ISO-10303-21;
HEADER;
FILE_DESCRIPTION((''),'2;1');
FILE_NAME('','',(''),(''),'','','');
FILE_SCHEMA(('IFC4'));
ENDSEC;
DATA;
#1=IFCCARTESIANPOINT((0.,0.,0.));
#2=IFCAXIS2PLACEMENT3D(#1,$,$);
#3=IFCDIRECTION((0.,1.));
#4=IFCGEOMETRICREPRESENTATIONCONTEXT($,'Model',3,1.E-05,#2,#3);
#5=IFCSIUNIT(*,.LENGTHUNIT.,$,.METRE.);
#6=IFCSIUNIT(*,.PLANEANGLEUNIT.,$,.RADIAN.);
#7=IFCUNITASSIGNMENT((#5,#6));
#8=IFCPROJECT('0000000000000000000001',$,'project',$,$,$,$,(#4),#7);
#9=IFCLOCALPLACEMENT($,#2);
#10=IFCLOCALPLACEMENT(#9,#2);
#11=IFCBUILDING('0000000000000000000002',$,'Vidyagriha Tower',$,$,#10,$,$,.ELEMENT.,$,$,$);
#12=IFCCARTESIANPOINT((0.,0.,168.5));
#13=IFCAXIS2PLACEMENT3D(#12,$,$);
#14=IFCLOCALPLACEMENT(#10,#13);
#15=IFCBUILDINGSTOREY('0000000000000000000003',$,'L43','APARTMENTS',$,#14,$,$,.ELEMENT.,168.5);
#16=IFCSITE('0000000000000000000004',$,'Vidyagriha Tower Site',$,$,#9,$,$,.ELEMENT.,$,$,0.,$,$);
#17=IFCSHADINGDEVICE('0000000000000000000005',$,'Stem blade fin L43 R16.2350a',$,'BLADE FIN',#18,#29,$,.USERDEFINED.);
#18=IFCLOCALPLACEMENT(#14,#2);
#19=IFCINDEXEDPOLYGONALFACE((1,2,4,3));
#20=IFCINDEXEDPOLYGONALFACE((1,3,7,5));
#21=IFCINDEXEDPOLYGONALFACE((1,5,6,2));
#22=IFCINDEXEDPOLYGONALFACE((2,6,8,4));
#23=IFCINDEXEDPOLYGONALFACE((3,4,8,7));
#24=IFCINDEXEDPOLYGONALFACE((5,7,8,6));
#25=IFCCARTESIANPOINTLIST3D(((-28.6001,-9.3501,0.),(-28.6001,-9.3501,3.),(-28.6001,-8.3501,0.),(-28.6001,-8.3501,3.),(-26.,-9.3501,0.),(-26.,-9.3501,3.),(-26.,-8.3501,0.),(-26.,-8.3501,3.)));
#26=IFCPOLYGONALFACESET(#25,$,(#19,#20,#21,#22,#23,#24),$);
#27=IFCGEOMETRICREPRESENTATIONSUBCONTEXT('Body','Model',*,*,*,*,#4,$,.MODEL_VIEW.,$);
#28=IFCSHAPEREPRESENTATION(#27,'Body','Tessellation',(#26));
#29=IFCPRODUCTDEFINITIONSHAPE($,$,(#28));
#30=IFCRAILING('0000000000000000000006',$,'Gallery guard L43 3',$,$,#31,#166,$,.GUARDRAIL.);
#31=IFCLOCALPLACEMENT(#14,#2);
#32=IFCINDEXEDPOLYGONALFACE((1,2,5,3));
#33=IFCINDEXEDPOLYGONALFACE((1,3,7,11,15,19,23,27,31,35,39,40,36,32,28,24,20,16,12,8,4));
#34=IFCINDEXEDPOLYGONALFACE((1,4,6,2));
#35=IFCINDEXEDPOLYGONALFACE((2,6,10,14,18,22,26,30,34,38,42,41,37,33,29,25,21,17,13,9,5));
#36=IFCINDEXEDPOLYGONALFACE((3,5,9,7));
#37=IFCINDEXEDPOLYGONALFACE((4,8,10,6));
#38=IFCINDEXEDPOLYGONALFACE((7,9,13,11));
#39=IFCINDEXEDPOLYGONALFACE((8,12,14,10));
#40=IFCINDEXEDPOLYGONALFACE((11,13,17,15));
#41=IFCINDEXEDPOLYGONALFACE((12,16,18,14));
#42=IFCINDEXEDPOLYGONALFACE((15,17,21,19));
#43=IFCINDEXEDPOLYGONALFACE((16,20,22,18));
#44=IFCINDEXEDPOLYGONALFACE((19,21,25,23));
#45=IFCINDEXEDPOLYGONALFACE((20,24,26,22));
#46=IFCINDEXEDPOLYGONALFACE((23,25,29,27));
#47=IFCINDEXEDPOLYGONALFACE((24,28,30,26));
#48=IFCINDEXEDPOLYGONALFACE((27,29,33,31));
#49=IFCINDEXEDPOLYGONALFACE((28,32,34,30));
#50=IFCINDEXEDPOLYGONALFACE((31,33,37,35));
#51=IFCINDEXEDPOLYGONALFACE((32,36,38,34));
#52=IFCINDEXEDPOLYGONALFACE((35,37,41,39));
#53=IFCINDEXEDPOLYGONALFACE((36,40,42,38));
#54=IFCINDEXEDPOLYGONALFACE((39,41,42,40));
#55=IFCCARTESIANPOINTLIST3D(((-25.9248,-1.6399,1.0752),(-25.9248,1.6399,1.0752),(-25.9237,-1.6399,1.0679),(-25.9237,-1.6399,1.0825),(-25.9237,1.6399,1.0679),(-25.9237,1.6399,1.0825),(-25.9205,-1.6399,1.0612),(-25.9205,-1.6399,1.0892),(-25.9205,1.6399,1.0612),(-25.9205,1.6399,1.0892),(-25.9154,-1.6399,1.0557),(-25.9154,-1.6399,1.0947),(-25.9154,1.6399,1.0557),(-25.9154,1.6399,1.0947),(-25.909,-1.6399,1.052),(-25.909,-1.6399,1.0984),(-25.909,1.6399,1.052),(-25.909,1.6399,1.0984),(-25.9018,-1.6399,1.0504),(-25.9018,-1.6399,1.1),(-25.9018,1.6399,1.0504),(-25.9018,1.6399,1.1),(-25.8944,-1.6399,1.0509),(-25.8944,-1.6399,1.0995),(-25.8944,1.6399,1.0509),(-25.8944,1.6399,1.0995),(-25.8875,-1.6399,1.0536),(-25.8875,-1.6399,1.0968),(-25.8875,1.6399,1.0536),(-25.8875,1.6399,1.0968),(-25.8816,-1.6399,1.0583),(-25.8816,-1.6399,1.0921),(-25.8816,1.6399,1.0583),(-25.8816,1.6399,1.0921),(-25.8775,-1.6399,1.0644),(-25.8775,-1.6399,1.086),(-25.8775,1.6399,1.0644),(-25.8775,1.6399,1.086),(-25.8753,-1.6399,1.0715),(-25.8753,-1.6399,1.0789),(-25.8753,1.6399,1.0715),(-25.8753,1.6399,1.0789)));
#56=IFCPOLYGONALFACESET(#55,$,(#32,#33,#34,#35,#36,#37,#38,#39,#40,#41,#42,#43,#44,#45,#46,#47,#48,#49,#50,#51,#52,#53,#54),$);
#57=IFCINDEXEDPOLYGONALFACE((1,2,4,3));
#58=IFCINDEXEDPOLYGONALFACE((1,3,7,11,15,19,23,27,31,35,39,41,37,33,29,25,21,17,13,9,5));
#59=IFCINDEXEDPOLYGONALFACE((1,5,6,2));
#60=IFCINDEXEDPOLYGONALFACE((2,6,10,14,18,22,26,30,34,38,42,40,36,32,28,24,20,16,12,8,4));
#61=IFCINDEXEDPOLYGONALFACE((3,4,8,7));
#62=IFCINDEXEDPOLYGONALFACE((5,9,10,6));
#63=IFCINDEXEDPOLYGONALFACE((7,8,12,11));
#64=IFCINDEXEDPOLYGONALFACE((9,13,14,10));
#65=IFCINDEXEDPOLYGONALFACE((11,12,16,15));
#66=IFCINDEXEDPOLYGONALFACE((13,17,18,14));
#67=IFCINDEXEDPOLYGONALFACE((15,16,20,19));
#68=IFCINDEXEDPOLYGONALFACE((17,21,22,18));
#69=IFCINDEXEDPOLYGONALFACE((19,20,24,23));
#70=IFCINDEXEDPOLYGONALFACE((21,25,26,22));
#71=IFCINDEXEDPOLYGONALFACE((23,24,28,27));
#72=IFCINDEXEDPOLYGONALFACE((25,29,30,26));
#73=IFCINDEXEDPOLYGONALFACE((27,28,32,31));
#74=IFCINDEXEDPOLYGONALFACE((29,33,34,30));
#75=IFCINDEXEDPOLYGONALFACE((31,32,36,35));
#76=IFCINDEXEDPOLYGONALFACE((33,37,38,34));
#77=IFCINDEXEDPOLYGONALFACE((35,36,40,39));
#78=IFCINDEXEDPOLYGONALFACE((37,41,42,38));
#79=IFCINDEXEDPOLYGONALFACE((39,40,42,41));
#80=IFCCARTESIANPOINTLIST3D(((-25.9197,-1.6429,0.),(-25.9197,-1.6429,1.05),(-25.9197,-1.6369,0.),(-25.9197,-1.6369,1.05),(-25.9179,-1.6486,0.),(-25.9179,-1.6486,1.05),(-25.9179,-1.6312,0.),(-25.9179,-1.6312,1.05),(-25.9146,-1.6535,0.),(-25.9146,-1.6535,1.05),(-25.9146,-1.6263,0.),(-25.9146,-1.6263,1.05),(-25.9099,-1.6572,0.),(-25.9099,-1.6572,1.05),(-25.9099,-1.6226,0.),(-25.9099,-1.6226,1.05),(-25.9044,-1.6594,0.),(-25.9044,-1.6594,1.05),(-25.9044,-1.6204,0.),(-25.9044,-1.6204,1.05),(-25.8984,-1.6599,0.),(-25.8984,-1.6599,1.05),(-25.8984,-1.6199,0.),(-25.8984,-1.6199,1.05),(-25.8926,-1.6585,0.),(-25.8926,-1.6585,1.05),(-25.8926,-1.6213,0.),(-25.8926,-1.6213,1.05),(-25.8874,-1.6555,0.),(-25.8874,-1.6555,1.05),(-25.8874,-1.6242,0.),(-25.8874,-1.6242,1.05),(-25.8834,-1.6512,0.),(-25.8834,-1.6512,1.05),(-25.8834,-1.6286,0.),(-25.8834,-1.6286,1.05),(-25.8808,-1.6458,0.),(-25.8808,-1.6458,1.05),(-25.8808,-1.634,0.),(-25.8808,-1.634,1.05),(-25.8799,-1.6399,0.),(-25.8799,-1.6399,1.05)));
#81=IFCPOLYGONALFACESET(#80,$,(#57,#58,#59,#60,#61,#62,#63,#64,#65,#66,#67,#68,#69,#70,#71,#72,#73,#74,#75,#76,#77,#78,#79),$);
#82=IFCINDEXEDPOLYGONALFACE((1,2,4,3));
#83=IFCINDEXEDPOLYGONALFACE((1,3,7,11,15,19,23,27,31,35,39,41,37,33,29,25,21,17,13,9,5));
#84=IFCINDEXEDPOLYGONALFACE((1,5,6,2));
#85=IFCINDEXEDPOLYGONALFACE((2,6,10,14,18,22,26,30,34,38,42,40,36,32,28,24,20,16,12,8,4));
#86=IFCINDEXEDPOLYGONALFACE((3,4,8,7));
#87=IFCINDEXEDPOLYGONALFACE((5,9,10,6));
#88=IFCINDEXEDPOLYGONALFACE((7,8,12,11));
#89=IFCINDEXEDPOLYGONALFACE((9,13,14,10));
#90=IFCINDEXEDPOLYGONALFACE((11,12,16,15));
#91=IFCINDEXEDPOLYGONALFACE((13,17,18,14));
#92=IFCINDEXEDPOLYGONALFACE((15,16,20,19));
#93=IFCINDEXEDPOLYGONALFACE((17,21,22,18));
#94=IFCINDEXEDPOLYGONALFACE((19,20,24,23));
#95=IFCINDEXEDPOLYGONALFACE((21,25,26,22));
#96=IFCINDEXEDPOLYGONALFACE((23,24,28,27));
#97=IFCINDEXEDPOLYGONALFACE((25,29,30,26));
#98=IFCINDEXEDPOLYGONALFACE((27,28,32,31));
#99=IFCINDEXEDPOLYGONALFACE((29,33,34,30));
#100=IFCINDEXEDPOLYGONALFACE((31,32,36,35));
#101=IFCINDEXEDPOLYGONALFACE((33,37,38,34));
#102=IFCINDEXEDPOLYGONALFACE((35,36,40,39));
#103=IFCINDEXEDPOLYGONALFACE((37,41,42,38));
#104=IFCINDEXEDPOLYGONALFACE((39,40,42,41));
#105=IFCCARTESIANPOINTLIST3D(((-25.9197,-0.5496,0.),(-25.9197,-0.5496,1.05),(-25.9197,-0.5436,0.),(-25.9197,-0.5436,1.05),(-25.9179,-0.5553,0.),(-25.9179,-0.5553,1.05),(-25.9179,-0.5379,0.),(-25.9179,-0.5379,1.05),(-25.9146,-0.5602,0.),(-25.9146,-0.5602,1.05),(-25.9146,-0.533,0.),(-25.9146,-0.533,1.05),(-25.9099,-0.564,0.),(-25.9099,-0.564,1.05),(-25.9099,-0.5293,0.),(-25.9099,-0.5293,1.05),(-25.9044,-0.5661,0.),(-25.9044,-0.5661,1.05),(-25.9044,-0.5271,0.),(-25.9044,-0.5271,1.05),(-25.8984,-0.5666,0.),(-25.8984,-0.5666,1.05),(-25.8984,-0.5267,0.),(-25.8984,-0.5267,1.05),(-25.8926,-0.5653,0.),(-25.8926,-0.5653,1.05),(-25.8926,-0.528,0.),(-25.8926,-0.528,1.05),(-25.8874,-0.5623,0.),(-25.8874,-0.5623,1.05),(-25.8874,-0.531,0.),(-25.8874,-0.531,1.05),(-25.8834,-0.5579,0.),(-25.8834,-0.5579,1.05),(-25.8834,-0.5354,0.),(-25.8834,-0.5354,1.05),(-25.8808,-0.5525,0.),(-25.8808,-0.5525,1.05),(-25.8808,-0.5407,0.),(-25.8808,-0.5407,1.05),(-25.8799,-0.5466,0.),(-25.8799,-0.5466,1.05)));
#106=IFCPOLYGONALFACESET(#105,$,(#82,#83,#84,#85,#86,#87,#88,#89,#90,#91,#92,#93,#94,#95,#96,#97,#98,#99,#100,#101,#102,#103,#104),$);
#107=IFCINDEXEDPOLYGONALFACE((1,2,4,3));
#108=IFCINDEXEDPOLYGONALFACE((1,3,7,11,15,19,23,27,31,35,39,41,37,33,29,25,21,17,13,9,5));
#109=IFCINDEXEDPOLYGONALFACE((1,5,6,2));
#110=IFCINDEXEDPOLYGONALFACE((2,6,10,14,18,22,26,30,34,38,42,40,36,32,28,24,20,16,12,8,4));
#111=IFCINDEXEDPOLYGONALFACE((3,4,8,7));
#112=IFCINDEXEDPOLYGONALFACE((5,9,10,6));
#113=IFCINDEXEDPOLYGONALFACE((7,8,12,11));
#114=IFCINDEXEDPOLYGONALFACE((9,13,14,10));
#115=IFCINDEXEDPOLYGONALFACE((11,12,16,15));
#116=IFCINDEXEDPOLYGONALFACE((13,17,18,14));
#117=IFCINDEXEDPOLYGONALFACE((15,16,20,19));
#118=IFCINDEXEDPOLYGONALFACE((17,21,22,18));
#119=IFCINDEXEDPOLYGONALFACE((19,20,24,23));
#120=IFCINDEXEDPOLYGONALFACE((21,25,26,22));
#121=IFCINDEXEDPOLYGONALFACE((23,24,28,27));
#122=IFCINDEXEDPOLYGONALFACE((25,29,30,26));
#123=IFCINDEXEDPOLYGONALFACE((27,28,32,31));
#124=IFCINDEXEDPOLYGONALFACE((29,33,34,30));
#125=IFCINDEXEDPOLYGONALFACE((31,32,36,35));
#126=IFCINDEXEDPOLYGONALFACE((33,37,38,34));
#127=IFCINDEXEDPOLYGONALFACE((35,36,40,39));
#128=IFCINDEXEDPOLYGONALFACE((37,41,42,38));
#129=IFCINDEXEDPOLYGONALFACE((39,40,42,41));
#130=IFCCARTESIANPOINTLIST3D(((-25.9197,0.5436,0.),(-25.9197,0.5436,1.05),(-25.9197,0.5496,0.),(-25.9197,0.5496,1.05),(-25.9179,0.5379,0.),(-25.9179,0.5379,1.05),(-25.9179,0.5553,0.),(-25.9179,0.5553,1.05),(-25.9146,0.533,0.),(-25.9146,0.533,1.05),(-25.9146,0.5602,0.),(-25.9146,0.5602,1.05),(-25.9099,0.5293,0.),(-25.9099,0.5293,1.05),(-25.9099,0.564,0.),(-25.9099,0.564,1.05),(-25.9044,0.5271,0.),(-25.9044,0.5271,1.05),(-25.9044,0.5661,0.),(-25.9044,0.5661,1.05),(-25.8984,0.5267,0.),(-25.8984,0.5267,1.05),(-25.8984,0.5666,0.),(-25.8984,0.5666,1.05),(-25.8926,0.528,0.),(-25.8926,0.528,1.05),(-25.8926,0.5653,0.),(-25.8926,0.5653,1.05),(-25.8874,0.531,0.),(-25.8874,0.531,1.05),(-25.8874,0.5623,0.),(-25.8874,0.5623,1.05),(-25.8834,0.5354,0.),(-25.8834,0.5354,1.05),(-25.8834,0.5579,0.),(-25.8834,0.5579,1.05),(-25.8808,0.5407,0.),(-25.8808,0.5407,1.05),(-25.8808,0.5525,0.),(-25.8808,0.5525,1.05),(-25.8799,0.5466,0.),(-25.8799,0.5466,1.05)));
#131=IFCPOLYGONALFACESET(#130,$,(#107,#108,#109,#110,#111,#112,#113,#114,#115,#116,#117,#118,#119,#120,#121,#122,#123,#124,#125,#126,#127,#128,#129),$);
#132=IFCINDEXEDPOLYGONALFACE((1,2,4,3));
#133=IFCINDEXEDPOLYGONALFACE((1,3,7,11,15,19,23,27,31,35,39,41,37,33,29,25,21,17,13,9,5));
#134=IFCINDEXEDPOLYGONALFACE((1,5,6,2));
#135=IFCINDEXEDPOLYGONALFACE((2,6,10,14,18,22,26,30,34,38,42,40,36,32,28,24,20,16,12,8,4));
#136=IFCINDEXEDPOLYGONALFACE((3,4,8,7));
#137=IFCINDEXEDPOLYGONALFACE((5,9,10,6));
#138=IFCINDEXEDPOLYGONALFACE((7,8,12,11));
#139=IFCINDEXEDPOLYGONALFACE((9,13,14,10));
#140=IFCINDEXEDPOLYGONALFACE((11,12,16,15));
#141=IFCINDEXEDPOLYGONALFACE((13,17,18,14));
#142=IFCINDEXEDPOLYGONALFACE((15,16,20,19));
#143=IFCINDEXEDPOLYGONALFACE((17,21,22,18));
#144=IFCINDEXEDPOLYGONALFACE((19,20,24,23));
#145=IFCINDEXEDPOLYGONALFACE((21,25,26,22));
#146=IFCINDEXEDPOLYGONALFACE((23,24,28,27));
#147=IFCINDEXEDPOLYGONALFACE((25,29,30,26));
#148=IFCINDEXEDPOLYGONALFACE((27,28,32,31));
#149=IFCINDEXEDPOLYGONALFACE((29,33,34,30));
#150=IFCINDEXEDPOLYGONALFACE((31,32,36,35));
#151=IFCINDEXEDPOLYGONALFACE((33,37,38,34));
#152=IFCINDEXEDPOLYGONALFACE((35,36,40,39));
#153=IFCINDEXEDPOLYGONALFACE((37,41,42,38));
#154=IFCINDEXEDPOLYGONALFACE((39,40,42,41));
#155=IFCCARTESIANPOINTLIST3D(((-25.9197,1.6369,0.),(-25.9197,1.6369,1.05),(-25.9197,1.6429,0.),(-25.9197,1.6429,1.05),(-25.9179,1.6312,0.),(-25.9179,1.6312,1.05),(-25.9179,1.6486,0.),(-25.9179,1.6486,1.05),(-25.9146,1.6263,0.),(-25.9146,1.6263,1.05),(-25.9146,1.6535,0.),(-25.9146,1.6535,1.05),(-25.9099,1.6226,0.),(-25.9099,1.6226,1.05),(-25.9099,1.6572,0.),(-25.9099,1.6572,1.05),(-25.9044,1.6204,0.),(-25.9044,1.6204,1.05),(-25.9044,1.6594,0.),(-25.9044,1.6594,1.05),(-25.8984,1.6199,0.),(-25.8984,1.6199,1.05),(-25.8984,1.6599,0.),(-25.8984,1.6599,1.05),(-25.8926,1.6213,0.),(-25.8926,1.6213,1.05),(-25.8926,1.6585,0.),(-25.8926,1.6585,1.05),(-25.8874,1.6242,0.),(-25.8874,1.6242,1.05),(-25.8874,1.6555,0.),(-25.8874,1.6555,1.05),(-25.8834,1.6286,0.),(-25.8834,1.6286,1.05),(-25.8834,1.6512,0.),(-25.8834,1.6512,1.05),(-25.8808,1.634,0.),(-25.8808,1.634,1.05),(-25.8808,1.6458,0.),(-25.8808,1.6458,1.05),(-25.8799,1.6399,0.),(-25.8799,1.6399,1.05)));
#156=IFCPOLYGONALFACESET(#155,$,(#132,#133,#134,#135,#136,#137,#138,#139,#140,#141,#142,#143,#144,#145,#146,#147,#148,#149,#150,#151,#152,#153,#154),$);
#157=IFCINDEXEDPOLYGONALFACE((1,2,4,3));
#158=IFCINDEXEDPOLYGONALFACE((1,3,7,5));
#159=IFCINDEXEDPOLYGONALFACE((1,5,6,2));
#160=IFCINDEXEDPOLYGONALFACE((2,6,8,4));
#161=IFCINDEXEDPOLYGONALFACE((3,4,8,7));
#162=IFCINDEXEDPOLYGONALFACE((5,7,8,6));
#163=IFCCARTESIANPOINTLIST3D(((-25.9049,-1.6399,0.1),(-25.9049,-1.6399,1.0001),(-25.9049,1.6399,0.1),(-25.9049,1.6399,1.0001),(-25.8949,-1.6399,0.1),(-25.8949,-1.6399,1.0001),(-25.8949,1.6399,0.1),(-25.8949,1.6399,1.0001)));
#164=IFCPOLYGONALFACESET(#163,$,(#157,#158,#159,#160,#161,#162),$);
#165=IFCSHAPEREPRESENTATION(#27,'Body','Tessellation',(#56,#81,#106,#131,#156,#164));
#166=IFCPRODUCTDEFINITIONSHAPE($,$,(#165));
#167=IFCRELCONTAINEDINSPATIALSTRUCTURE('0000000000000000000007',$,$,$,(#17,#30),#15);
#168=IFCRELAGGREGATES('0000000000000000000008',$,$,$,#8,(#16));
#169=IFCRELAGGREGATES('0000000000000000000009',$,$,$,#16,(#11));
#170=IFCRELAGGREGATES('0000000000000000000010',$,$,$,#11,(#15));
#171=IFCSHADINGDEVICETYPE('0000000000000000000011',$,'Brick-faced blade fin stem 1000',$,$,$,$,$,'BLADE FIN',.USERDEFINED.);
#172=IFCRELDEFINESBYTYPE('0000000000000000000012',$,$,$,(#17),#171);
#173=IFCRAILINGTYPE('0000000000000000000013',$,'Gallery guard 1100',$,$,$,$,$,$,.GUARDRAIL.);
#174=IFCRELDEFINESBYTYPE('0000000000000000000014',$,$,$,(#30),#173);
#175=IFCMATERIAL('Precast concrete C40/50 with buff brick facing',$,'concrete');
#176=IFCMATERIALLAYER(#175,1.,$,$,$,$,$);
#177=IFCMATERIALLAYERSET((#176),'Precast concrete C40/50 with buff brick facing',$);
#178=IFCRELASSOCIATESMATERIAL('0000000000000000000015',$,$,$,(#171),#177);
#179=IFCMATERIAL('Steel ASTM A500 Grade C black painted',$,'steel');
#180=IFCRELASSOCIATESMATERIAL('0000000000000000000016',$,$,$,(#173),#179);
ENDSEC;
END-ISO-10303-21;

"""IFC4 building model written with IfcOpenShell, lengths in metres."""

from ifc_helpers import new_model, si_unit, direction, frame, origin, origin_2d, place, context, subcontext, project, spatial, polyline, rectangle, circle, outline, extrude, material, layer, layer_set, type_object, element, save


model = new_model("IFC4")

# Units and contexts
model_context = context("Model", 3, precision=1e-05, world=origin(), true_north=direction((0.0, 1.0)))
body_context = subcontext(model_context, "Body", "Model", "MODEL_VIEW")
ifc_project = project(units=[si_unit("LENGTHUNIT", "METRE"), si_unit("PLANEANGLEUNIT", "RADIAN")], contexts=[model_context])

# Site, building, storey
site_placement = place(None, origin())
site = spatial("IfcSite", under=ifc_project, at=site_placement, Name="Vidyagriha Tower Site", CompositionType="ELEMENT", RefElevation=0.0)
building_placement = place(site_placement, origin())
building = spatial("IfcBuilding", under=site, at=building_placement, Name="Vidyagriha Tower", CompositionType="ELEMENT")
storey_placement = place(building_placement, frame((0.0, 0.0, 168.5)))
storey = spatial("IfcBuildingStorey", under=building, at=storey_placement, Name="L43", Description="APARTMENTS", CompositionType="ELEMENT", Elevation=168.5)

# Shading device
ifc_material_1 = material(Name="Precast concrete C40/50 with buff brick facing", Category="concrete")
ifc_layer_1 = layer(ifc_material_1, 1.0)
ifc_layer_set_1 = layer_set([ifc_layer_1], Name="Precast concrete C40/50 with buff brick facing")
shading_device_type_1 = type_object("IfcShadingDeviceType", Name="Brick-faced blade fin stem 1000", ElementType="BLADE FIN", PredefinedType="USERDEFINED", material=ifc_layer_set_1)
shading_device_1_placement = place(storey_placement, frame((-27.3, -8.3501, 0.0), z_axis=(0.0, 0.0, 1.0), x_axis=(0.0, -1.0, 0.0)))
element("IfcShadingDevice", 1, at=shading_device_1_placement, inside=storey, type_object=shading_device_type_1, Name="Stem blade fin L43 R16.2350a", ObjectType="BLADE FIN", PredefinedType="USERDEFINED", context=body_context, shape_type="SweptSolid", body=[
    extrude(outline(polyline([(0.0, 0.0), (1.0, 0.0), (1.0, 3.0), (0.0, 3.0), (0.0, 0.0)])), frame((0.0, 1.3, 0.0), z_axis=(0.0, -1.0, 0.0), x_axis=(1.0, 0.0, 0.0)), (0.0, 0.0, 1.0), 2.6001),
])

# Railing
ifc_material_2 = material(Name="Steel ASTM A500 Grade C black painted", Category="steel")
railing_type_1 = type_object("IfcRailingType", Name="Gallery guard 1100", PredefinedType="GUARDRAIL", material=ifc_material_2)
railing_1_placement = place(storey_placement, frame((-25.8999, -1.6399, 0.0)))
element("IfcRailing", 2, at=railing_1_placement, inside=storey, type_object=railing_type_1, Name="Gallery guard L43 3", PredefinedType="GUARDRAIL", context=body_context, shape_type="SweptSolid", body=[
    extrude(circle(Radius=0.0249, at=origin_2d()), frame((0.0, 0.0, 1.0752), z_axis=(0.0, 1.0, 0.0), x_axis=(-1.0, 0.0, 0.0)), (0.0, 0.0, 1.0), 3.2798),
    extrude(circle(Radius=0.02, at=origin_2d()), origin(), (0.0, 0.0, 1.0), 1.05),
    extrude(circle(Radius=0.02, at=origin_2d()), frame((0.0, 1.0933, 0.0)), (0.0, 0.0, 1.0), 1.05),
    extrude(circle(Radius=0.02, at=origin_2d()), frame((0.0, 2.1865, 0.0)), (0.0, 0.0, 1.0), 1.05),
    extrude(circle(Radius=0.02, at=origin_2d()), frame((0.0, 3.2798, 0.0)), (0.0, 0.0, 1.0), 1.05),
    extrude(rectangle(XDim=0.01, YDim=0.9001, at=origin_2d()), frame((0.0, 0.0, 0.55), z_axis=(0.0, 1.0, 0.0), x_axis=(-1.0, 0.0, 0.0)), (0.0, 0.0, 1.0), 3.2798),
])

save(model, "model.ifc")
